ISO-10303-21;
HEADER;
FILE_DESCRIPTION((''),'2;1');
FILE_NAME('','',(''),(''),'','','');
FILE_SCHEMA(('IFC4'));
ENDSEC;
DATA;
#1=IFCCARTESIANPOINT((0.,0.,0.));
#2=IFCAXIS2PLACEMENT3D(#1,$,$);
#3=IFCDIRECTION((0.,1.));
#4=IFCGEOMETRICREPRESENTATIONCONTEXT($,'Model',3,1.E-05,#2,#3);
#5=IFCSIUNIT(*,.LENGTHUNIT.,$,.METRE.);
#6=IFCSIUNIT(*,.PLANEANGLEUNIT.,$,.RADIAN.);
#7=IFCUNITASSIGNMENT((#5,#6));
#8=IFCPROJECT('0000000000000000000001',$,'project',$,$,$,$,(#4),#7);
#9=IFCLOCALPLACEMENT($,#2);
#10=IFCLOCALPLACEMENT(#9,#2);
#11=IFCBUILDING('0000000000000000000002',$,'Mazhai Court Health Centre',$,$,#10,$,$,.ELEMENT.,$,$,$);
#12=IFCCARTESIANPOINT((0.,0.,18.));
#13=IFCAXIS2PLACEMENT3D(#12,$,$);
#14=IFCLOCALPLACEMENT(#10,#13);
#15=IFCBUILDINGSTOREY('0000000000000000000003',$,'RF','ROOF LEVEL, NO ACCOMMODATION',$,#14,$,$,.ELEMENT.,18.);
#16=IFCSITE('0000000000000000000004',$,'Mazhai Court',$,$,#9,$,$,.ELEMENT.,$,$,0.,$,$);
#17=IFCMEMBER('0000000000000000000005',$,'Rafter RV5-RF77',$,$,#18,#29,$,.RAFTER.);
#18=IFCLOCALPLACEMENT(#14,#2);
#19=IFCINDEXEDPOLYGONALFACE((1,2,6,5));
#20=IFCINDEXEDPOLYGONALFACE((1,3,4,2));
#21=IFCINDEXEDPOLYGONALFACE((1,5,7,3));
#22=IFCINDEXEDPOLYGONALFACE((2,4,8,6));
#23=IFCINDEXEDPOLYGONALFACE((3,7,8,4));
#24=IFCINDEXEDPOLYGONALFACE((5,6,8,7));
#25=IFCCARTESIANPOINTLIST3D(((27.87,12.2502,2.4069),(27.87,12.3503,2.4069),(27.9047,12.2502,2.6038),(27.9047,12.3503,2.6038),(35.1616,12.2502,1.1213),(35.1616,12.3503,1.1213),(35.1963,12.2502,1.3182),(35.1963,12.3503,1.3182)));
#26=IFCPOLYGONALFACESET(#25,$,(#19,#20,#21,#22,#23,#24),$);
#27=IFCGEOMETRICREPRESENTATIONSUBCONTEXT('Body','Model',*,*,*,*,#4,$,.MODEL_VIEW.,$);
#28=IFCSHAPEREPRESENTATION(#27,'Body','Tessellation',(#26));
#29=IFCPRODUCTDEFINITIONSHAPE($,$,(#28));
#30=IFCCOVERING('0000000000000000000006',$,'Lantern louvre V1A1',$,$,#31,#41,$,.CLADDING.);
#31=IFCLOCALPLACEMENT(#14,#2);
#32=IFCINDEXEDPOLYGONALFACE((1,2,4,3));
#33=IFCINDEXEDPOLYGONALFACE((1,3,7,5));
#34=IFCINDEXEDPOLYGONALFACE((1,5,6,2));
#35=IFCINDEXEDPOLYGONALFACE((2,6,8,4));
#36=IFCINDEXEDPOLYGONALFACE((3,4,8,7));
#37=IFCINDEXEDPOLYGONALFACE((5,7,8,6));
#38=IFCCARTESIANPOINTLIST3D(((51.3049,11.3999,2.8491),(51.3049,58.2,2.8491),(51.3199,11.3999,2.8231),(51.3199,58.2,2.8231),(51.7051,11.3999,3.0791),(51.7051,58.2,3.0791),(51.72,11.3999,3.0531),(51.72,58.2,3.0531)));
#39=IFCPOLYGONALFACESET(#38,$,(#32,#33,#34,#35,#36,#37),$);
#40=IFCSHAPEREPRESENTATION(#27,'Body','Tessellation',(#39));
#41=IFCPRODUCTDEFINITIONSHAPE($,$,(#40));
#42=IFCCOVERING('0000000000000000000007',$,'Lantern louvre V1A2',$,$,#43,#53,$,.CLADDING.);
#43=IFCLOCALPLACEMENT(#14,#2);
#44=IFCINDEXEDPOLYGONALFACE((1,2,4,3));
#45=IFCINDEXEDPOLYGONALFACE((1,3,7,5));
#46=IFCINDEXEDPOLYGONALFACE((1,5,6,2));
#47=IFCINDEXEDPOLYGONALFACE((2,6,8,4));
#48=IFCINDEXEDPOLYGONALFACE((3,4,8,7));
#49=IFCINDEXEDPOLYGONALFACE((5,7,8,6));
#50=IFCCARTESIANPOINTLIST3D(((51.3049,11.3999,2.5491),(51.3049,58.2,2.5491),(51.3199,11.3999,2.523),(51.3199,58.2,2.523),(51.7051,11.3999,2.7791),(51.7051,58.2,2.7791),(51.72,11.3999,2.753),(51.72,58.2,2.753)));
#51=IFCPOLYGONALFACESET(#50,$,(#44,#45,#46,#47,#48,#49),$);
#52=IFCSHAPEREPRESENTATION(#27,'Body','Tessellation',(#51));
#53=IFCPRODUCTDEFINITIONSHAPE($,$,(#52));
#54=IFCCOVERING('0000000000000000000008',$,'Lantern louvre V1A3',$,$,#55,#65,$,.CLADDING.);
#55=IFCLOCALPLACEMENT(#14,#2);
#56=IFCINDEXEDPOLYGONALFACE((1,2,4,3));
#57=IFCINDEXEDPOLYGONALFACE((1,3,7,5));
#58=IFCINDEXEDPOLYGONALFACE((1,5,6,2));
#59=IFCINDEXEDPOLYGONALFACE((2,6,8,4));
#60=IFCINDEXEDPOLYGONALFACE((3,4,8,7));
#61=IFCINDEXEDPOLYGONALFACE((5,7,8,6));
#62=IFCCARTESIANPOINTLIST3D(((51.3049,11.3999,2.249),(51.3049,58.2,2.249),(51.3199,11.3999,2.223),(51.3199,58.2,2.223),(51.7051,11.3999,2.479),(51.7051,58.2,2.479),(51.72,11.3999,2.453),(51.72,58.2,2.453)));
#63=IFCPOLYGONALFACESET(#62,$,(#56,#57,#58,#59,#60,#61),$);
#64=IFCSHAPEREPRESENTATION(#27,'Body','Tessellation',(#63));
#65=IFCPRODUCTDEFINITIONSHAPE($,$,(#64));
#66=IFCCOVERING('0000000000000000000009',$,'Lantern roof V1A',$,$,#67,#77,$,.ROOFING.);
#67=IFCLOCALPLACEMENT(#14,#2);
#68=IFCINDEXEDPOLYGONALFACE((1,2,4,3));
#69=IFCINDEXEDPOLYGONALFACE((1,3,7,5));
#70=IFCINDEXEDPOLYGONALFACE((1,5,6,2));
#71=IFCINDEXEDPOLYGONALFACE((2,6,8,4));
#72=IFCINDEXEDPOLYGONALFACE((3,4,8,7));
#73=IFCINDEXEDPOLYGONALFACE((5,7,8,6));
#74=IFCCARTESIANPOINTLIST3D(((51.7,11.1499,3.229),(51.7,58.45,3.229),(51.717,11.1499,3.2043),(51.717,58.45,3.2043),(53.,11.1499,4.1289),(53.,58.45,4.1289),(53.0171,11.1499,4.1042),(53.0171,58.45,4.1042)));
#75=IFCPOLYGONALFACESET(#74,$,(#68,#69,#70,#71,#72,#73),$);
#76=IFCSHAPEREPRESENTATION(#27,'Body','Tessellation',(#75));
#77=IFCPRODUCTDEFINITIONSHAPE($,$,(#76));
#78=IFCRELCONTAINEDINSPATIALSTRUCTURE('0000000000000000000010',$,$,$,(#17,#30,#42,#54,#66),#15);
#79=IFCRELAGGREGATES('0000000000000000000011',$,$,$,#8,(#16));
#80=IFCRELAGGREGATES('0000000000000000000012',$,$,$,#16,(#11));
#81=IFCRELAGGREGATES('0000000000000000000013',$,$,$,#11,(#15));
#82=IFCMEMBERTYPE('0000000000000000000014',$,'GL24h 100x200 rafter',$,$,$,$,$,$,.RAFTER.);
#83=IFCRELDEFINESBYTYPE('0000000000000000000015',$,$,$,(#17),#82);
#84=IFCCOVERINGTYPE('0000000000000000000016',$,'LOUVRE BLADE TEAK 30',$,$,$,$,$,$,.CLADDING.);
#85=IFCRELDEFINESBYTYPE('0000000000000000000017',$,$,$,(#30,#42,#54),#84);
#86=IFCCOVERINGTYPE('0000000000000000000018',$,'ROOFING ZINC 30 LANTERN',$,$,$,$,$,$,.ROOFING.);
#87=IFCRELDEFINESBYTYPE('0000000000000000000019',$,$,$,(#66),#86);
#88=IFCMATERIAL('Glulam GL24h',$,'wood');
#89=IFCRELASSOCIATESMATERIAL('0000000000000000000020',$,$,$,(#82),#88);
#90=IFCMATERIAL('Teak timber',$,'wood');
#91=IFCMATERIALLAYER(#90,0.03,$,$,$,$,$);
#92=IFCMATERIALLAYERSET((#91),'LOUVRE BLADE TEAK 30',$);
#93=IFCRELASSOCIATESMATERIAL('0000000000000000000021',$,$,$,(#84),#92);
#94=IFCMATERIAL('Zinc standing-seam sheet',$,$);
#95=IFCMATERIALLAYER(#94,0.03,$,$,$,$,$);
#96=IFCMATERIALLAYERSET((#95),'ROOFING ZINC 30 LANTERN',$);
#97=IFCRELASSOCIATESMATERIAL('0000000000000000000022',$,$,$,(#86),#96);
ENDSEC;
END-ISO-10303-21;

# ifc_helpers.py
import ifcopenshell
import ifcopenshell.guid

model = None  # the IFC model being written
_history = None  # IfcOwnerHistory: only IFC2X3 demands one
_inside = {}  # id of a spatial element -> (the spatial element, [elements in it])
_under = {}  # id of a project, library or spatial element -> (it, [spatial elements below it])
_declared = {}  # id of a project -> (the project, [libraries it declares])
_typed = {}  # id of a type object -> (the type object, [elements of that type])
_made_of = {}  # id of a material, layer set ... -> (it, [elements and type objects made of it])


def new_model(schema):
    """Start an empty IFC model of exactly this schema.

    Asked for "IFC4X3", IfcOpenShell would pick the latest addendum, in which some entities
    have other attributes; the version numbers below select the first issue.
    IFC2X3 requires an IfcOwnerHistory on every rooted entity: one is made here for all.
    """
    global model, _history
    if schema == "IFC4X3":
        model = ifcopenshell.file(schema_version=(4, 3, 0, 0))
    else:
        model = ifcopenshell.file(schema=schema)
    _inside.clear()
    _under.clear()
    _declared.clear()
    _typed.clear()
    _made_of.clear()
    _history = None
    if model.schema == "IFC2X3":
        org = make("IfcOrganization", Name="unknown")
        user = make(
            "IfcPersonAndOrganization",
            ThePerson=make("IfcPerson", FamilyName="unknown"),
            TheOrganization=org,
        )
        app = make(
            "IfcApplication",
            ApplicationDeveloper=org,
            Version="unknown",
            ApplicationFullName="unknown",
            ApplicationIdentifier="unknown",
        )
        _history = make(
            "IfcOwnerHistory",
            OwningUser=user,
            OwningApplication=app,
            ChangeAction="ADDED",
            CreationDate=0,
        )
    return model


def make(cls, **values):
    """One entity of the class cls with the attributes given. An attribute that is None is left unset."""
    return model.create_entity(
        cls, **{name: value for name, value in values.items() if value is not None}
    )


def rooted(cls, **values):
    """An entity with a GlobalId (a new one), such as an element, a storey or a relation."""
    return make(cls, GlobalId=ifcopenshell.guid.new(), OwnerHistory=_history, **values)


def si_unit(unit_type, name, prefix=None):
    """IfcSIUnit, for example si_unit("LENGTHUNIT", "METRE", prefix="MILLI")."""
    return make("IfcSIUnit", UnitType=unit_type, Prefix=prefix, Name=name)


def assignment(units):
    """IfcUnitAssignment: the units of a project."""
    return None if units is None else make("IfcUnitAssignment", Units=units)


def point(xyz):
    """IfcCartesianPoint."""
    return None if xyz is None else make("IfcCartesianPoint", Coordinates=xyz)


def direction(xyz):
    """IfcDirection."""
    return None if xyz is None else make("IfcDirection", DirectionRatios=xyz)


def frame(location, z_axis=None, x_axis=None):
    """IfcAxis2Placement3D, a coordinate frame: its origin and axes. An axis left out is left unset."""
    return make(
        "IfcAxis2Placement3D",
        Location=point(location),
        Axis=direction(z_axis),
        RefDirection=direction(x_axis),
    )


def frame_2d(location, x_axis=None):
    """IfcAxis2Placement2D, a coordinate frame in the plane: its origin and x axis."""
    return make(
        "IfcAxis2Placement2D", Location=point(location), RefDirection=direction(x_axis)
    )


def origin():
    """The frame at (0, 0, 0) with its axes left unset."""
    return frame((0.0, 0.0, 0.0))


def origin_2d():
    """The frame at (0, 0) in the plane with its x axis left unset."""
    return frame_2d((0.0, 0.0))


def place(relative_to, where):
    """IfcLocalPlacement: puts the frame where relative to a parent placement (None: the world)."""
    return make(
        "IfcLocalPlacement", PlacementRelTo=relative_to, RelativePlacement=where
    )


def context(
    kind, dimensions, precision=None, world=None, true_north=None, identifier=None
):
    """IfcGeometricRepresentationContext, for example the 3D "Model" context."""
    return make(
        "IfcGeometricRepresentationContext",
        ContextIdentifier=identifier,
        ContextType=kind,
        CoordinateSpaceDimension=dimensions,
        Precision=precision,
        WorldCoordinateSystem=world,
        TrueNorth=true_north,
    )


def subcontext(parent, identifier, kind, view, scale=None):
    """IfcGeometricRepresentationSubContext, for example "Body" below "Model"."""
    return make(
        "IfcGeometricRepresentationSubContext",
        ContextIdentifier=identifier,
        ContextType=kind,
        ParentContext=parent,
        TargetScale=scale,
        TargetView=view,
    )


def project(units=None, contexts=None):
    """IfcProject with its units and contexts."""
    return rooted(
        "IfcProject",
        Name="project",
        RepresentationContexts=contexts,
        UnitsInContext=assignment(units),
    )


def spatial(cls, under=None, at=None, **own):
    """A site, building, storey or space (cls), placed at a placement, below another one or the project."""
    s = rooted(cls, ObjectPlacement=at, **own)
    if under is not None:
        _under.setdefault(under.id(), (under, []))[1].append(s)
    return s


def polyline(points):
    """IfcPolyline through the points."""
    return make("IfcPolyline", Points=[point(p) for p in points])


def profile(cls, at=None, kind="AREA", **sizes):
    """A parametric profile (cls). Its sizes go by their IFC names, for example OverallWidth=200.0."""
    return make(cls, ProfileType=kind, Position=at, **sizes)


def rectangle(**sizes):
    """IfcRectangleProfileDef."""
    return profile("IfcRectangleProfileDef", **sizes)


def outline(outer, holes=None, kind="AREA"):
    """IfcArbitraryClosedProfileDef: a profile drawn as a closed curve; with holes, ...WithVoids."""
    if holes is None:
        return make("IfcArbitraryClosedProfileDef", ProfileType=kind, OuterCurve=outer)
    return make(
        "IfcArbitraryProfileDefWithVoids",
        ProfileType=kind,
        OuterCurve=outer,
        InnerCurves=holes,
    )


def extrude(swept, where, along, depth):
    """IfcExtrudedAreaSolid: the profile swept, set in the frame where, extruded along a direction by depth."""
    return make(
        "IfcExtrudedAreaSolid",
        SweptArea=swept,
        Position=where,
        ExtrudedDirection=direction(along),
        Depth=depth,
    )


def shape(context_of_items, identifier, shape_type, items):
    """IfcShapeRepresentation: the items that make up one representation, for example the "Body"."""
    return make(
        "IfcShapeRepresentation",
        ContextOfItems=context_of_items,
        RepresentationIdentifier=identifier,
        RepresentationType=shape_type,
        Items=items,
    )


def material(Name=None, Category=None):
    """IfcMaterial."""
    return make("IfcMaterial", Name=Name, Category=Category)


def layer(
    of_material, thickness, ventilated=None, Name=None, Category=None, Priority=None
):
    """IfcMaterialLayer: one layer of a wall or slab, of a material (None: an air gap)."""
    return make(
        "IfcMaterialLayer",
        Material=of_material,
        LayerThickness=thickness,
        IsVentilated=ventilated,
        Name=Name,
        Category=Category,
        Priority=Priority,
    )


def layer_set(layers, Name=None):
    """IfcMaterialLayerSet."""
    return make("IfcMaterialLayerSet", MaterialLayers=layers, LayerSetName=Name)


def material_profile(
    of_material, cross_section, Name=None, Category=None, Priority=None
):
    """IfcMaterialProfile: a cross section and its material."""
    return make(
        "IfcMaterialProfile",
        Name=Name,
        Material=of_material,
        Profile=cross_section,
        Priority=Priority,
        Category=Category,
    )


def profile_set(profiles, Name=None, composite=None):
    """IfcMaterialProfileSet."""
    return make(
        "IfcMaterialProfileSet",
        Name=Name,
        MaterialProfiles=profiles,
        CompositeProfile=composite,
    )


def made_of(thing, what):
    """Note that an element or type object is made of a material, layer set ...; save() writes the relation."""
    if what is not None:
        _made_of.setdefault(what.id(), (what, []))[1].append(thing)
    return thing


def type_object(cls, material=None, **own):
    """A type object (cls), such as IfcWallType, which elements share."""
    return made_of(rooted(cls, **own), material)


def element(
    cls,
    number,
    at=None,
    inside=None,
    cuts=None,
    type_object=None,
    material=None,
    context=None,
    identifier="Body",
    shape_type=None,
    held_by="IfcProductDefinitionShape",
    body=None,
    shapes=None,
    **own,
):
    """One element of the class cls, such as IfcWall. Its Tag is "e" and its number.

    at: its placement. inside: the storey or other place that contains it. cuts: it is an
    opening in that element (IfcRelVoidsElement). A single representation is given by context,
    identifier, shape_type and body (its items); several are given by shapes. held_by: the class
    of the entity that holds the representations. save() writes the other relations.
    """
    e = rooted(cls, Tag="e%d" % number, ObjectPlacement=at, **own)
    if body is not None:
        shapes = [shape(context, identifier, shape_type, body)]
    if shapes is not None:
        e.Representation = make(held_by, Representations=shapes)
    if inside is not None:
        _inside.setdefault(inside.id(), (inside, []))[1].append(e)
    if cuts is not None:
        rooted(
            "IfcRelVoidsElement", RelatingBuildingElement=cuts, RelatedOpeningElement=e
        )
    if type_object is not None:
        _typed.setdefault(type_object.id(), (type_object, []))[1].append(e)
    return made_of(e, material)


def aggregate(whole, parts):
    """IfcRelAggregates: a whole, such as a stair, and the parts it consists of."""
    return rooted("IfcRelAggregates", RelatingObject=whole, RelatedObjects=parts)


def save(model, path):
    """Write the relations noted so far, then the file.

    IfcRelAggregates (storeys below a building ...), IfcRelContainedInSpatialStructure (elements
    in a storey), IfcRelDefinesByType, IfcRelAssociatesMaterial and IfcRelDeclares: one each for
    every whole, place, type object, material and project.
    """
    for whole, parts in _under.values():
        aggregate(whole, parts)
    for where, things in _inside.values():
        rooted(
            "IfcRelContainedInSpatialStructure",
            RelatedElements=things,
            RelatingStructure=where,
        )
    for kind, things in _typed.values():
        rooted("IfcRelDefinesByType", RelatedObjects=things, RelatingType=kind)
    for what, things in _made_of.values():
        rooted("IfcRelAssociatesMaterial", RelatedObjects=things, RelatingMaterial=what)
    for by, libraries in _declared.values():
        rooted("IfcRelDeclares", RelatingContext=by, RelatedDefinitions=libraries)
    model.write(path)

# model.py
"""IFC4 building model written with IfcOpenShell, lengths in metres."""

from ifc_helpers import new_model, si_unit, direction, frame, origin, origin_2d, place, context, subcontext, project, spatial, polyline, rectangle, outline, extrude, material, layer, layer_set, material_profile, profile_set, type_object, element, save


model = new_model("IFC4")

# Units and contexts
model_context = context("Model", 3, precision=1e-05, world=origin(), true_north=direction((0.0, 1.0)))
body_context = subcontext(model_context, "Body", "Model", "MODEL_VIEW")
ifc_project = project(units=[si_unit("LENGTHUNIT", "METRE"), si_unit("PLANEANGLEUNIT", "RADIAN")], contexts=[model_context])

# Site, building, storey
site_placement = place(None, origin())
site = spatial("IfcSite", under=ifc_project, at=site_placement, Name="Mazhai Court", CompositionType="ELEMENT", RefElevation=0.0)
building_placement = place(site_placement, origin())
building = spatial("IfcBuilding", under=site, at=building_placement, Name="Mazhai Court Health Centre", CompositionType="ELEMENT")
storey_placement = place(building_placement, frame((0.0, 0.0, 18.0)))
storey = spatial("IfcBuildingStorey", under=building, at=storey_placement, Name="RF", Description="ROOF LEVEL, NO ACCOMMODATION", CompositionType="ELEMENT", Elevation=18.0)

# Member
ifc_material_1 = material(Name="Glulam GL24h", Category="wood")
ifc_material_profile_1 = material_profile(ifc_material_1, rectangle(XDim=0.1001, YDim=0.2, at=origin_2d()), Name="GL24h 100x200")
ifc_profile_set_1 = profile_set([ifc_material_profile_1], Name="Glulam GL24h")
member_type_1 = type_object("IfcMemberType", Name="GL24h 100x200 rafter", PredefinedType="RAFTER", material=ifc_profile_set_1)
for number, where, z_axis, x_axis, name in (
    (1, (35.179, 12.3003, 1.2197), (-0.984809, 0.0, 0.173642), (0.0, -1.0, 0.0), "Rafter RV5-RF77"),
):
    element("IfcMember", number, at=place(storey_placement, frame(where, z_axis=z_axis, x_axis=x_axis)), inside=storey, type_object=member_type_1, Name=name, PredefinedType="RAFTER", context=body_context, shape_type="SweptSolid", body=[
        extrude(rectangle(XDim=0.1001, YDim=0.2, at=origin_2d()), origin(), (0.0, 0.0, 1.0), 7.4041),
    ])

# Coverings
ifc_material_2 = material(Name="Teak timber", Category="wood")
ifc_layer_1 = layer(ifc_material_2, 0.03)
ifc_layer_set_1 = layer_set([ifc_layer_1], Name="LOUVRE BLADE TEAK 30")
covering_type_1 = type_object("IfcCoveringType", Name="LOUVRE BLADE TEAK 30", PredefinedType="CLADDING", material=ifc_layer_set_1)
for number, where, z_axis, x_axis, name in (
    (2, (51.7051, 11.3999, 3.0791), (-0.498302, 0.0, 0.867003), (0.0, 1.0, 0.0), "Lantern louvre V1A1"),
    (3, (51.7051, 11.3999, 2.7791), (-0.498302, 0.0, 0.867003), (0.0, 1.0, 0.0), "Lantern louvre V1A2"),
    (4, (51.7051, 11.3999, 2.479), (-0.498302, 0.0, 0.867003), (0.0, 1.0, 0.0), "Lantern louvre V1A3"),
):
    element("IfcCovering", number, at=place(storey_placement, frame(where, z_axis=z_axis, x_axis=x_axis)), inside=storey, type_object=covering_type_1, Name=name, PredefinedType="CLADDING", context=body_context, shape_type="SweptSolid", body=[
        extrude(outline(polyline([(0.0, 0.0), (46.8, 0.0), (46.8, 0.4615), (0.0, 0.4615), (0.0, 0.0)])), origin(), (0.0, 0.0, -1.0), 0.03),
    ])
ifc_material_3 = material(Name="Zinc standing-seam sheet")
ifc_layer_2 = layer(ifc_material_3, 0.03)
ifc_layer_set_2 = layer_set([ifc_layer_2], Name="ROOFING ZINC 30 LANTERN")
covering_type_2 = type_object("IfcCoveringType", Name="ROOFING ZINC 30 LANTERN", PredefinedType="ROOFING", material=ifc_layer_set_2)
covering_placement = place(storey_placement, frame((51.7, 11.1499, 3.229), z_axis=(-0.569154, 0.0, 0.822231), x_axis=(0.822231, 0.0, 0.569154)))
element("IfcCovering", 5, at=covering_placement, inside=storey, type_object=covering_type_2, Name="Lantern roof V1A", PredefinedType="ROOFING", context=body_context, shape_type="SweptSolid", body=[
    extrude(outline(polyline([(0.0, 0.0), (1.5811, 0.0), (1.5811, 47.3), (0.0, 47.3), (0.0, 0.0)])), origin(), (0.0, 0.0, -1.0), 0.03),
])

save(model, "model.ifc")
